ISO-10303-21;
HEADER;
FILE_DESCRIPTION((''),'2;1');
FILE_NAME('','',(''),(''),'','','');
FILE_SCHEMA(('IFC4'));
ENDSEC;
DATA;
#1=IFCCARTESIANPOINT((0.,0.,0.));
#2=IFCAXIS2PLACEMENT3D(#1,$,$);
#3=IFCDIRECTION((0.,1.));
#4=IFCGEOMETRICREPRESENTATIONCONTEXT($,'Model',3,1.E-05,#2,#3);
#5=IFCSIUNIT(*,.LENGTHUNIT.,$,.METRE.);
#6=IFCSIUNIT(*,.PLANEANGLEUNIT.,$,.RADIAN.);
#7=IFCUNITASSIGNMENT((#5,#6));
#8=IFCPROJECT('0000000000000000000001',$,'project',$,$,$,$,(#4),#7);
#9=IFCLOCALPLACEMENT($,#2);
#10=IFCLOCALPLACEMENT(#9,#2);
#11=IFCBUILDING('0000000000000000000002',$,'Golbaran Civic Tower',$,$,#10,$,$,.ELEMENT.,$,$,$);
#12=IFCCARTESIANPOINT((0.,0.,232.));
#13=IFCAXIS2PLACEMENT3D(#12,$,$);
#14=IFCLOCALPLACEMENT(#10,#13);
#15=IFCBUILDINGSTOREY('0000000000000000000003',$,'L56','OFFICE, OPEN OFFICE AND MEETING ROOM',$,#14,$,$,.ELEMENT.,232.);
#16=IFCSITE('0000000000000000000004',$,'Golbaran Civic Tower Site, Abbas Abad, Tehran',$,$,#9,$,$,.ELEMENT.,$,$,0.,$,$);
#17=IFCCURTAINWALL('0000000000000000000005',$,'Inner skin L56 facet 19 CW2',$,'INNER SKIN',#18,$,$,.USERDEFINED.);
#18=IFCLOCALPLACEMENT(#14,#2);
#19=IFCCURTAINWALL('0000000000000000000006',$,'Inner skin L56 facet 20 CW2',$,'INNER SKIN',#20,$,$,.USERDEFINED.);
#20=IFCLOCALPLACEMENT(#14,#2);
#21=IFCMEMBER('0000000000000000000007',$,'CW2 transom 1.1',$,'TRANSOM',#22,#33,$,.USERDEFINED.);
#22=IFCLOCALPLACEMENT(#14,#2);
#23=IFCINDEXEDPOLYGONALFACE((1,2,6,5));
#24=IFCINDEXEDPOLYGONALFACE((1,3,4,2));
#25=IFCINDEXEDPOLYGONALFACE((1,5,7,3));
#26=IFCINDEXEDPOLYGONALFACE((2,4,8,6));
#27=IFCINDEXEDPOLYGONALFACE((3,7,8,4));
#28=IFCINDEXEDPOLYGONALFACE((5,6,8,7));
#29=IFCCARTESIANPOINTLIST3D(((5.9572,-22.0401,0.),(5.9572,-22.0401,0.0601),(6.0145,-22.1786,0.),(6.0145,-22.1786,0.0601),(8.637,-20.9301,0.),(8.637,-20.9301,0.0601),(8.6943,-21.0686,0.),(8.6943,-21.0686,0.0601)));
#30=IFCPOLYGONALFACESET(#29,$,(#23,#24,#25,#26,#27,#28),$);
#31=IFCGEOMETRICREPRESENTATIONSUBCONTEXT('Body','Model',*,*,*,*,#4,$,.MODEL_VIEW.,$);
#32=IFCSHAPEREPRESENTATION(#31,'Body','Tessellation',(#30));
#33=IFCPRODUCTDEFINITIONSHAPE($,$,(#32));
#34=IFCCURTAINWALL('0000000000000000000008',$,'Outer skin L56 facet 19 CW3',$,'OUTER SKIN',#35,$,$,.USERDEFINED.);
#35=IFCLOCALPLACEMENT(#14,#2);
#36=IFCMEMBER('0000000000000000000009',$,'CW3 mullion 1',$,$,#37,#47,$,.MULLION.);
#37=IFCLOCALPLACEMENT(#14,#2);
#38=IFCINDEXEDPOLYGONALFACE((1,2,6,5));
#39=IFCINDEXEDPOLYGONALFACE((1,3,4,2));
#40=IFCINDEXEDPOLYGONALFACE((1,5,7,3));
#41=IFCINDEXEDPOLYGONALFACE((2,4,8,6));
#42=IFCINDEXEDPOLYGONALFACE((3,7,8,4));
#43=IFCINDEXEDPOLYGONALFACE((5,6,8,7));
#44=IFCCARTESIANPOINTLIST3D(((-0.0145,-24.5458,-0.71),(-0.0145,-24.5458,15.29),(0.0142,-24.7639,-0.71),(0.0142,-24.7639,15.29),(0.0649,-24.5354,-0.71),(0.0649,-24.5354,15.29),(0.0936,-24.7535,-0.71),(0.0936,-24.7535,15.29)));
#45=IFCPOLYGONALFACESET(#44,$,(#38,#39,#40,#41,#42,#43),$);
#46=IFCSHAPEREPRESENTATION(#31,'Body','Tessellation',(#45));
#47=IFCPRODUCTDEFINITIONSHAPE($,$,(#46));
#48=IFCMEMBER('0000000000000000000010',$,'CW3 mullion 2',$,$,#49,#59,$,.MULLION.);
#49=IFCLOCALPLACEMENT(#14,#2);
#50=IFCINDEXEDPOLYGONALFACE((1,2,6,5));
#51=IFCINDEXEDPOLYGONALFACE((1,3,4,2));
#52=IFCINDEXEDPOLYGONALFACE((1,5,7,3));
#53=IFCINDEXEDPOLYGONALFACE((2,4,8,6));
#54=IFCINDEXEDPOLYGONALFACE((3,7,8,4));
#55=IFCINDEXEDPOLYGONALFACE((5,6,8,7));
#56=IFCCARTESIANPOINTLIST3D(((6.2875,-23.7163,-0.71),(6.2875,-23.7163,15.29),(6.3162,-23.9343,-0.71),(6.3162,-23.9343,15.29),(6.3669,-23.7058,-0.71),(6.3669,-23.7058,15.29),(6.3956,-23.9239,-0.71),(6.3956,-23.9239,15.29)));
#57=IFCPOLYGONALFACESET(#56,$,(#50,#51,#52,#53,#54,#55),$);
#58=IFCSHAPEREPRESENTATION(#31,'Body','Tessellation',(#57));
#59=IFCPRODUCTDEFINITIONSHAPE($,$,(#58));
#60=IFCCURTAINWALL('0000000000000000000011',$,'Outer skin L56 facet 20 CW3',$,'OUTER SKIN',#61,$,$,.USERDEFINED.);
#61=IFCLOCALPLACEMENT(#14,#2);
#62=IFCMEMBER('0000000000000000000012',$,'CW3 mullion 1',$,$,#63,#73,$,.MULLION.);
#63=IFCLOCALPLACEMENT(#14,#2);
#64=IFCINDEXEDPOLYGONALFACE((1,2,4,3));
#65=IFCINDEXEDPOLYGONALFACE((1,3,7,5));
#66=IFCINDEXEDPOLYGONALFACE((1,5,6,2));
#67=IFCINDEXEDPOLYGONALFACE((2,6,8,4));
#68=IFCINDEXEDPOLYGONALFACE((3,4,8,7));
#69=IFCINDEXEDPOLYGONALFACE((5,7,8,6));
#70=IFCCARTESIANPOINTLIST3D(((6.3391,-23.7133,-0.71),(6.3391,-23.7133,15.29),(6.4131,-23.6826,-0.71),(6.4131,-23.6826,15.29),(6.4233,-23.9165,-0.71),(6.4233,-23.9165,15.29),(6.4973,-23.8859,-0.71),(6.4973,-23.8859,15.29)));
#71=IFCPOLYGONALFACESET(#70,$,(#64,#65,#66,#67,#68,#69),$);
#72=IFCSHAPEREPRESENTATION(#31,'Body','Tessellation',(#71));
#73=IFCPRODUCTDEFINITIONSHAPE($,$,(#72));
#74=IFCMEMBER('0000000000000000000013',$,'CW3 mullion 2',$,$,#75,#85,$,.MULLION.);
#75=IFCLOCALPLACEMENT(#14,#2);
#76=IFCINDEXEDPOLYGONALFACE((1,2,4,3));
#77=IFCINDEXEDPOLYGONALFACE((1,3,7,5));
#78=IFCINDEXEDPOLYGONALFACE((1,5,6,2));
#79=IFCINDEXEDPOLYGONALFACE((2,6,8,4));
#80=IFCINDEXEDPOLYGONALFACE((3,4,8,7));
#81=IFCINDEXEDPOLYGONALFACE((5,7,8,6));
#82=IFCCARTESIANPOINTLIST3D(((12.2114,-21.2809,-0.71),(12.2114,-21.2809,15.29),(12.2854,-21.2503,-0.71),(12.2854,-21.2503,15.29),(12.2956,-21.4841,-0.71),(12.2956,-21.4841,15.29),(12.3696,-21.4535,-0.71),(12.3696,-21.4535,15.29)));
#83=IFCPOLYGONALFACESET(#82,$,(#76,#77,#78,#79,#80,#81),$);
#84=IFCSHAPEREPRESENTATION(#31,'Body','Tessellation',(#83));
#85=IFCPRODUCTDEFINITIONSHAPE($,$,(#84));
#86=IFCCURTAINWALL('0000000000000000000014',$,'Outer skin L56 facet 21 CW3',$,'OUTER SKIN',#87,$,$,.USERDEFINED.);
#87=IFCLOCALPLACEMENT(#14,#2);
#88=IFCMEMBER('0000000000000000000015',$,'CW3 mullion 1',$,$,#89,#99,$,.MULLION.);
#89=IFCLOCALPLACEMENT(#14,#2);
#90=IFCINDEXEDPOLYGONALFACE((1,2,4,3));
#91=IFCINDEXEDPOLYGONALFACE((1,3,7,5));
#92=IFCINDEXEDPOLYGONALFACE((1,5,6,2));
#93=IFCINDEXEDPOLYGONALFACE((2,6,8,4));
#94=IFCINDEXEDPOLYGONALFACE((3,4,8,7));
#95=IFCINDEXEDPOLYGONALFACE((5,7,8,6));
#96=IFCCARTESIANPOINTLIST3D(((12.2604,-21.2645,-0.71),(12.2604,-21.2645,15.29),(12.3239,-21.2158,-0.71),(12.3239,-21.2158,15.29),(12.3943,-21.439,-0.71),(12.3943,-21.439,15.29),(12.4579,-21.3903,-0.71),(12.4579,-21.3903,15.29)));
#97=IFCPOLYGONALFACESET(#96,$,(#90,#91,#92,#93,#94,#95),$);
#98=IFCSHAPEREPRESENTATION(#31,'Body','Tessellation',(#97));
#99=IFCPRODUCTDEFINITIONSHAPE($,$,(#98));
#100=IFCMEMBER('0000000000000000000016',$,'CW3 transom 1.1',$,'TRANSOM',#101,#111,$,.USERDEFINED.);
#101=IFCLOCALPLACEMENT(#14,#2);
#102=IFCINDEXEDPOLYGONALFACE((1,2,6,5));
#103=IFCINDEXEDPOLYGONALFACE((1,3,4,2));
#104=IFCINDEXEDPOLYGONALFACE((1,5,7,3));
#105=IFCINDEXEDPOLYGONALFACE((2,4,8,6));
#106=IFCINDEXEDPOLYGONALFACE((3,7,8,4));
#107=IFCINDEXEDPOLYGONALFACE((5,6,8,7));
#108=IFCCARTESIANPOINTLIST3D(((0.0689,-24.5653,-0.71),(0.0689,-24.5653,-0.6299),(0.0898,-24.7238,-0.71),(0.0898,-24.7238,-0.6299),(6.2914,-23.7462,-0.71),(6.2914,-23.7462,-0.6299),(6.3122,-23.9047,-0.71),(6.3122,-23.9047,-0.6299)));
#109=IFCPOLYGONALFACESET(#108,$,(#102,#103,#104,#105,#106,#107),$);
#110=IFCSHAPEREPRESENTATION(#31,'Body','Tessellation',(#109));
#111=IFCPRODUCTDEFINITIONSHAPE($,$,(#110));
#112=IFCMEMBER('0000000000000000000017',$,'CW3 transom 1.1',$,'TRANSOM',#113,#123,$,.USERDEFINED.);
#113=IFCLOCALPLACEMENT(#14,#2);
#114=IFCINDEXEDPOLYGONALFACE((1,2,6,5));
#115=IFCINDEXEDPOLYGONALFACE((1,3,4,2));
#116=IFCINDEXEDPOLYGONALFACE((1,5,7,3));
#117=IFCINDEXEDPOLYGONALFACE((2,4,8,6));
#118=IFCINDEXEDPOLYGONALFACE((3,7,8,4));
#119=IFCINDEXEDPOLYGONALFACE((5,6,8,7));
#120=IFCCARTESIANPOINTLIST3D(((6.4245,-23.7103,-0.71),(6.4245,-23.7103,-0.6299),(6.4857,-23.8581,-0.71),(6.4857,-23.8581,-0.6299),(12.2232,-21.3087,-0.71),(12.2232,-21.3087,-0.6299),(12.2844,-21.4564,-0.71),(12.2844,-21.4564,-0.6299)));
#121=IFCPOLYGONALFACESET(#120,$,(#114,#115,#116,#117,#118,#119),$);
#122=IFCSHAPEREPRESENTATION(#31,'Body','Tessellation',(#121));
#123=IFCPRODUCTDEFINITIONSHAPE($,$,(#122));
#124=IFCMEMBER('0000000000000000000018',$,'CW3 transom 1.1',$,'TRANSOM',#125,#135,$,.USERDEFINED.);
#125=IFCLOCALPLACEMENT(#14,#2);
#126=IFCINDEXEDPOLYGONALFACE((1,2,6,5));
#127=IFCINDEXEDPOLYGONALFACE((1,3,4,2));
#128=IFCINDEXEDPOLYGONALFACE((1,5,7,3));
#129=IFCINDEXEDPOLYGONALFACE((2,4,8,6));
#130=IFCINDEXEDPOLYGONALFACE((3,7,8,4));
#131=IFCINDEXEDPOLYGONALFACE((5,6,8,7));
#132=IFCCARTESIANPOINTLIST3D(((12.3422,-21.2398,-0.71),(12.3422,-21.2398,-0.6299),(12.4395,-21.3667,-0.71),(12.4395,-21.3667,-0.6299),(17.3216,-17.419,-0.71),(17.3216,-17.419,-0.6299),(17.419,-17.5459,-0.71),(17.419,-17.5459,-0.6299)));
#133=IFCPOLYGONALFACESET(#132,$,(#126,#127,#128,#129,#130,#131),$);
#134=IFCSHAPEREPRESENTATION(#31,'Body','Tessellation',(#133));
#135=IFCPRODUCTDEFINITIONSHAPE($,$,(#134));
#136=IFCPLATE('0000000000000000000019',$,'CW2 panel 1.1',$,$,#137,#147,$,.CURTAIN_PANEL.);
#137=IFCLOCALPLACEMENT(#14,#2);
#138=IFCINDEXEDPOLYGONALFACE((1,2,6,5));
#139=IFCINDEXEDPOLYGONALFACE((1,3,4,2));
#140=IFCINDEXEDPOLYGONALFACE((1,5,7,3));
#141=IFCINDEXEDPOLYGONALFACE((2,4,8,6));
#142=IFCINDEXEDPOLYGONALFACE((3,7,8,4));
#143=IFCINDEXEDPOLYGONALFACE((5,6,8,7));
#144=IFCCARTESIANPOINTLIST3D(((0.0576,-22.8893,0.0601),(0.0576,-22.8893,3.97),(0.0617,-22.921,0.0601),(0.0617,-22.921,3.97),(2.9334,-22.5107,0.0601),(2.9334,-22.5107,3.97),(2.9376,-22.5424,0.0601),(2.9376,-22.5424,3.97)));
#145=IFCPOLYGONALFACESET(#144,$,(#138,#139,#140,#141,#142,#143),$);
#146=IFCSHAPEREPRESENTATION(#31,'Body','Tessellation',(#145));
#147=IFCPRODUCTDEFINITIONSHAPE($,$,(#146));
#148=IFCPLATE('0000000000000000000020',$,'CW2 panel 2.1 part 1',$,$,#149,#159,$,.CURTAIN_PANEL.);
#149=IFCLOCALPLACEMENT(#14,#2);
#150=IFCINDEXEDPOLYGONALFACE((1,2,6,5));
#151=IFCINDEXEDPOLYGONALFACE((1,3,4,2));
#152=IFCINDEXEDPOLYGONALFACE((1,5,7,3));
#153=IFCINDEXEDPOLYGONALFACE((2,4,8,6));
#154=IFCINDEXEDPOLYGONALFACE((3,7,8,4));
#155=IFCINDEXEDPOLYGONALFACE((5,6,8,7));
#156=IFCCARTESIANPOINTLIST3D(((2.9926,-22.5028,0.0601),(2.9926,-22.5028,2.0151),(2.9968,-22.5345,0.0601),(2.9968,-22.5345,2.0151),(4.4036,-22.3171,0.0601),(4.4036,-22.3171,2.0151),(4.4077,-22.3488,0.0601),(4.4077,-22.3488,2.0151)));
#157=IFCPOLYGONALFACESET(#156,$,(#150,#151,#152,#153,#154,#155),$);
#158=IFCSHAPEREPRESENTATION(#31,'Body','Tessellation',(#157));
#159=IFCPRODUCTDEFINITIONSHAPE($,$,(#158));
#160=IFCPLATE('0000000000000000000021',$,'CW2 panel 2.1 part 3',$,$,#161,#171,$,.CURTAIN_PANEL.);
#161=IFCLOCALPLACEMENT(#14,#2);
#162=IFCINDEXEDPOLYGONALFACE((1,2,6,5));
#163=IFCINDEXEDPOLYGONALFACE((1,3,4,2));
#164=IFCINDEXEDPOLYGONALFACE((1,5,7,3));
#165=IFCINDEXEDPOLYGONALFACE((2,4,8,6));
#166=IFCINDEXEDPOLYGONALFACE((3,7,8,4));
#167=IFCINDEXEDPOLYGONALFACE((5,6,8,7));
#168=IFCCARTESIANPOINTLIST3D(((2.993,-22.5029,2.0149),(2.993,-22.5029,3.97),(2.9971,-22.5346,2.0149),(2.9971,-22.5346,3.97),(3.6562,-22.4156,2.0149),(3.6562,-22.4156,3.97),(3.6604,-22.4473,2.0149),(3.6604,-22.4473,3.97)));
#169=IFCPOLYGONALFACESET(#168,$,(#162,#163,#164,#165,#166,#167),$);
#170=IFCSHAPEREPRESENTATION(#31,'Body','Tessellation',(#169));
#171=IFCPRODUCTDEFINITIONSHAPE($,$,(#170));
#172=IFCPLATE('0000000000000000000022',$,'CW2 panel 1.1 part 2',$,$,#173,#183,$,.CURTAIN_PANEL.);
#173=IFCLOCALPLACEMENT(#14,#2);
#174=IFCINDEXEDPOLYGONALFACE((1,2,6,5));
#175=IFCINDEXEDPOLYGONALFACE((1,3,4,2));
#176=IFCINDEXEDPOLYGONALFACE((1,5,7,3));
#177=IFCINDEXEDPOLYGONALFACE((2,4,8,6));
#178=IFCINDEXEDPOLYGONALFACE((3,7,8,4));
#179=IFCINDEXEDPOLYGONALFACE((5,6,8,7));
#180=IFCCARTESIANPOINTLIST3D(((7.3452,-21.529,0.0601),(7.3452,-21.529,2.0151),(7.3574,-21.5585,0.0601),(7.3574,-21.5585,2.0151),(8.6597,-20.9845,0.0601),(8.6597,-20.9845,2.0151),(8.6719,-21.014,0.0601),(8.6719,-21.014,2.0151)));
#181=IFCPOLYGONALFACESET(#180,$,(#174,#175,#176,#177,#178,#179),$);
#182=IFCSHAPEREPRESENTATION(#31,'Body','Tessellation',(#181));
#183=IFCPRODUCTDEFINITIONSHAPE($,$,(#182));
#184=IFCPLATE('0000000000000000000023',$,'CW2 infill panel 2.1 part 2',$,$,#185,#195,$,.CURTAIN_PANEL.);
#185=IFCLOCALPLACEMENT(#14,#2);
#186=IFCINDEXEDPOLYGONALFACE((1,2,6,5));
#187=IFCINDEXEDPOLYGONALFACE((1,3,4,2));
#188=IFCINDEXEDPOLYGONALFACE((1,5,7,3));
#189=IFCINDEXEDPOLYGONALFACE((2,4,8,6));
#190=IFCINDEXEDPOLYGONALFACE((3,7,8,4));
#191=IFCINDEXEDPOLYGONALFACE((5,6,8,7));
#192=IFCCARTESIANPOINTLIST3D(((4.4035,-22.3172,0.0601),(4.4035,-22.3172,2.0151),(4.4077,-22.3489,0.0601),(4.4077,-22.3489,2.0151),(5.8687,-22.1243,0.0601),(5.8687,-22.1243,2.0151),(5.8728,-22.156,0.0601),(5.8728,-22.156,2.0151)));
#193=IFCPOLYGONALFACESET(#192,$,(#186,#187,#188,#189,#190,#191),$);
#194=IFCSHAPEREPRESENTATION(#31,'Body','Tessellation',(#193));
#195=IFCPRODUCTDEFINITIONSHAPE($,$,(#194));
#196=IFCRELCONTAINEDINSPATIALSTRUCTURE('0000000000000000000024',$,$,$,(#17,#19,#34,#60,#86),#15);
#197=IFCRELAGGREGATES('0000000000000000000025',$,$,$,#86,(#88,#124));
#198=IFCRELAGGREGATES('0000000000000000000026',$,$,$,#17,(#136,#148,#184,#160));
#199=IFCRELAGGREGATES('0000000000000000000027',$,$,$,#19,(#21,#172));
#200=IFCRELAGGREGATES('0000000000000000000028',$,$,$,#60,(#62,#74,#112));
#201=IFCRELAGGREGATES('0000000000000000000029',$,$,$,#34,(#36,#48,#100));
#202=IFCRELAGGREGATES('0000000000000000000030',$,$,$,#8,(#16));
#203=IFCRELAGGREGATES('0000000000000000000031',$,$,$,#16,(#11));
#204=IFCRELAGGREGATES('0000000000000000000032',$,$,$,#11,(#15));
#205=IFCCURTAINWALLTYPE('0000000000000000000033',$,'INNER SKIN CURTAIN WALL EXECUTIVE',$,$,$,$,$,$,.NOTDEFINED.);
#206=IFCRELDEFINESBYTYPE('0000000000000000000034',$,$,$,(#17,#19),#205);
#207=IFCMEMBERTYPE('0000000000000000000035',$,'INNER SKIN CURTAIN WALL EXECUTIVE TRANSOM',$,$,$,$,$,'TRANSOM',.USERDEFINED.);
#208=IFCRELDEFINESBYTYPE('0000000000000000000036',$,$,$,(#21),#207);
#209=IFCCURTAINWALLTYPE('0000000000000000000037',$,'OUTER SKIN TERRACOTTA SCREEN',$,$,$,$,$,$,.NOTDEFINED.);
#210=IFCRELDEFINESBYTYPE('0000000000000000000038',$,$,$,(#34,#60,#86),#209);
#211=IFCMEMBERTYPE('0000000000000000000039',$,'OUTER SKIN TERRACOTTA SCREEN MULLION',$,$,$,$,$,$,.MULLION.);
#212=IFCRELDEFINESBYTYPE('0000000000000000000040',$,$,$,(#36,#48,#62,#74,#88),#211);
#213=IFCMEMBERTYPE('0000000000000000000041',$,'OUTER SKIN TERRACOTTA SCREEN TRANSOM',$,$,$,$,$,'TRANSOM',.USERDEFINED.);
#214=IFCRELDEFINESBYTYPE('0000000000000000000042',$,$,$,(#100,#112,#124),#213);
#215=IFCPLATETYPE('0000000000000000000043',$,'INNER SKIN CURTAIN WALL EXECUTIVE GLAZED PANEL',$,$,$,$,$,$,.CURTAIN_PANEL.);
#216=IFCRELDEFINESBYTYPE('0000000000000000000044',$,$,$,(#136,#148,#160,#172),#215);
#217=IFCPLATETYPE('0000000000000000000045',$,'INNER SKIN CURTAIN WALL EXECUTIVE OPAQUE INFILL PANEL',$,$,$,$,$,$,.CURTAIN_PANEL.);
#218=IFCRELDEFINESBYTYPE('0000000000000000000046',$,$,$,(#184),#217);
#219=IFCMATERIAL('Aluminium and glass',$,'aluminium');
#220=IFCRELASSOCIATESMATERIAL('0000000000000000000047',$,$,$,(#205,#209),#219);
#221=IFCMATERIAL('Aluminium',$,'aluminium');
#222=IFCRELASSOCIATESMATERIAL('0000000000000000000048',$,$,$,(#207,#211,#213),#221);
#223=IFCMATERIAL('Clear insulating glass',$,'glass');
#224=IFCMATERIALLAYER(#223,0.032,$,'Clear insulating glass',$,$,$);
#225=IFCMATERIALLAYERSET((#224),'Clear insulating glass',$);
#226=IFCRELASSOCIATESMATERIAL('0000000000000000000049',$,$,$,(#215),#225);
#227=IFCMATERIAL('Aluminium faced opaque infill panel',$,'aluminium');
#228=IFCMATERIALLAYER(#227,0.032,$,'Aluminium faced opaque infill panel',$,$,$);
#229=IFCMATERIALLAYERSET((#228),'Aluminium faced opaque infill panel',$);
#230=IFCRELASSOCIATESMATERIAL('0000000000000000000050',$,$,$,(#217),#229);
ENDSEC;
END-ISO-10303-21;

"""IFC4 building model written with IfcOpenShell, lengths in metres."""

from ifc_helpers import new_model, si_unit, direction, frame, origin, origin_2d, place, context, subcontext, project, spatial, rectangle, extrude, material, layer, layer_set, material_profile, profile_set, type_object, element, aggregate, save


model = new_model("IFC4")

# Units and contexts
model_context = context("Model", 3, precision=1e-05, world=origin(), true_north=direction((0.0, 1.0)))
body_context = subcontext(model_context, "Body", "Model", "MODEL_VIEW")
ifc_project = project(units=[si_unit("LENGTHUNIT", "METRE"), si_unit("PLANEANGLEUNIT", "RADIAN")], contexts=[model_context])

# Site, building, storey
site_placement = place(None, origin())
site = spatial("IfcSite", under=ifc_project, at=site_placement, Name="Golbaran Civic Tower Site, Abbas Abad, Tehran", CompositionType="ELEMENT", RefElevation=0.0)
building_placement = place(site_placement, origin())
building = spatial("IfcBuilding", under=site, at=building_placement, Name="Golbaran Civic Tower", CompositionType="ELEMENT")
storey_placement = place(building_placement, frame((0.0, 0.0, 232.0)))
storey = spatial("IfcBuildingStorey", under=building, at=storey_placement, Name="L56", Description="OFFICE, OPEN OFFICE AND MEETING ROOM", CompositionType="ELEMENT", Elevation=232.0)

# Curtain wall
ifc_material_1 = material(Name="Aluminium and glass", Category="aluminium")
curtain_wall_type_1 = type_object("IfcCurtainWallType", Name="INNER SKIN CURTAIN WALL EXECUTIVE", PredefinedType="NOTDEFINED", material=ifc_material_1)
curtain_wall_1_placement = place(storey_placement, origin())
curtain_wall_1 = element("IfcCurtainWall", 1, at=curtain_wall_1_placement, inside=storey, type_object=curtain_wall_type_1, Name="Inner skin L56 facet 19 CW2", ObjectType="INNER SKIN", PredefinedType="USERDEFINED")
ifc_material_2 = material(Name="Aluminium", Category="aluminium")

# Curtain wall
curtain_wall_2_placement = place(storey_placement, origin())
curtain_wall_2 = element("IfcCurtainWall", 2, at=curtain_wall_2_placement, inside=storey, type_object=curtain_wall_type_1, Name="Inner skin L56 facet 20 CW2", ObjectType="INNER SKIN", PredefinedType="USERDEFINED")

# Member
ifc_material_profile_1 = material_profile(ifc_material_2, rectangle(XDim=0.1499, YDim=0.0601, at=origin_2d()), Name="INNER SKIN CURTAIN WALL EXECUTIVE TRANSOM")
ifc_profile_set_1 = profile_set([ifc_material_profile_1], Name="Aluminium")
member_type_1 = type_object("IfcMemberType", Name="INNER SKIN CURTAIN WALL EXECUTIVE TRANSOM", ElementType="TRANSOM", PredefinedType="USERDEFINED", material=ifc_profile_set_1)
member_1_placement = place(storey_placement, frame((5.9858, -22.1094, 0.03), z_axis=(0.923874, 0.382696, 0.0), x_axis=(-0.382696, 0.923874, 0.0)))
member_1 = element("IfcMember", 3, at=member_1_placement, type_object=member_type_1, Name="CW2 transom 1.1", ObjectType="TRANSOM", PredefinedType="USERDEFINED", context=body_context, shape_type="SweptSolid", body=[
    extrude(rectangle(XDim=0.1499, YDim=0.0601, at=origin_2d()), origin(), (0.0, 0.0, 1.0), 2.9006),
])

# Curtain walls, members
curtain_wall_type_2 = type_object("IfcCurtainWallType", Name="OUTER SKIN TERRACOTTA SCREEN", PredefinedType="NOTDEFINED", material=ifc_material_1)
curtain_wall_3_placement = place(storey_placement, origin())
curtain_wall_3 = element("IfcCurtainWall", 4, at=curtain_wall_3_placement, inside=storey, type_object=curtain_wall_type_2, Name="Outer skin L56 facet 19 CW3", ObjectType="OUTER SKIN", PredefinedType="USERDEFINED")
ifc_material_profile_2 = material_profile(ifc_material_2, rectangle(XDim=0.22, YDim=0.0801, at=origin_2d()), Name="OUTER SKIN TERRACOTTA SCREEN MULLION")
ifc_profile_set_2 = profile_set([ifc_material_profile_2], Name="Aluminium")
member_type_2 = type_object("IfcMemberType", Name="OUTER SKIN TERRACOTTA SCREEN MULLION", PredefinedType="MULLION", material=ifc_profile_set_2)
member_2_placement = place(storey_placement, frame((0.0396, -24.6497, -0.71), z_axis=(0.0, 0.0, 1.0), x_axis=(-0.130526, 0.991445, 0.0)))
member_2 = element("IfcMember", 5, at=member_2_placement, type_object=member_type_2, Name="CW3 mullion 1", PredefinedType="MULLION", context=body_context, shape_type="SweptSolid", body=[
    extrude(rectangle(XDim=0.22, YDim=0.0801, at=origin_2d()), origin(), (0.0, 0.0, 1.0), 16.0),
])
member_3_placement = place(storey_placement, frame((6.3416, -23.8201, -0.71), z_axis=(0.0, 0.0, 1.0), x_axis=(-0.130526, 0.991445, 0.0)))
member_3 = element("IfcMember", 6, at=member_3_placement, type_object=member_type_2, Name="CW3 mullion 2", PredefinedType="MULLION", context=body_context, shape_type="SweptSolid", body=[
    extrude(rectangle(XDim=0.22, YDim=0.0801, at=origin_2d()), origin(), (0.0, 0.0, 1.0), 16.0),
])
curtain_wall_4_placement = place(storey_placement, origin())
curtain_wall_4 = element("IfcCurtainWall", 7, at=curtain_wall_4_placement, inside=storey, type_object=curtain_wall_type_2, Name="Outer skin L56 facet 20 CW3", ObjectType="OUTER SKIN", PredefinedType="USERDEFINED")
member_4_placement = place(storey_placement, frame((6.4182, -23.7996, -0.71), z_axis=(0.0, 0.0, 1.0), x_axis=(-0.382683, 0.92388, 0.0)))
member_4 = element("IfcMember", 8, at=member_4_placement, type_object=member_type_2, Name="CW3 mullion 1", PredefinedType="MULLION", context=body_context, shape_type="SweptSolid", body=[
    extrude(rectangle(XDim=0.22, YDim=0.0801, at=origin_2d()), origin(), (0.0, 0.0, 1.0), 16.0),
])
member_5_placement = place(storey_placement, frame((12.2905, -21.3672, -0.71), z_axis=(0.0, 0.0, 1.0), x_axis=(-0.382683, 0.92388, 0.0)))
member_5 = element("IfcMember", 9, at=member_5_placement, type_object=member_type_2, Name="CW3 mullion 2", PredefinedType="MULLION", context=body_context, shape_type="SweptSolid", body=[
    extrude(rectangle(XDim=0.22, YDim=0.0801, at=origin_2d()), origin(), (0.0, 0.0, 1.0), 16.0),
])

# Curtain wall, member
curtain_wall_5_placement = place(storey_placement, origin())
curtain_wall_5 = element("IfcCurtainWall", 10, at=curtain_wall_5_placement, inside=storey, type_object=curtain_wall_type_2, Name="Outer skin L56 facet 21 CW3", ObjectType="OUTER SKIN", PredefinedType="USERDEFINED")
member_6_placement = place(storey_placement, frame((12.3591, -21.3274, -0.71), z_axis=(0.0, 0.0, 1.0), x_axis=(-0.608761, 0.793353, 0.0)))
member_6 = element("IfcMember", 11, at=member_6_placement, type_object=member_type_2, Name="CW3 mullion 1", PredefinedType="MULLION", context=body_context, shape_type="SweptSolid", body=[
    extrude(rectangle(XDim=0.22, YDim=0.0801, at=origin_2d()), origin(), (0.0, 0.0, 1.0), 16.0),
])

# Members
ifc_material_profile_3 = material_profile(ifc_material_2, rectangle(XDim=0.1599, YDim=0.0801, at=origin_2d()), Name="OUTER SKIN TERRACOTTA SCREEN TRANSOM")
ifc_profile_set_3 = profile_set([ifc_material_profile_3], Name="Aluminium")
member_type_3 = type_object("IfcMemberType", Name="OUTER SKIN TERRACOTTA SCREEN TRANSOM", ElementType="TRANSOM", PredefinedType="USERDEFINED", material=ifc_profile_set_3)
member_7_placement = place(storey_placement, frame((0.0793, -24.6445, -0.6699), z_axis=(0.991447, 0.13051, 0.0), x_axis=(-0.13051, 0.991447, 0.0)))
member_7 = element("IfcMember", 12, at=member_7_placement, type_object=member_type_3, Name="CW3 transom 1.1", ObjectType="TRANSOM", PredefinedType="USERDEFINED", context=body_context, shape_type="SweptSolid", body=[
    extrude(rectangle(XDim=0.1599, YDim=0.0801, at=origin_2d()), origin(), (0.0, 0.0, 1.0), 6.2761),
])
member_8_placement = place(storey_placement, frame((6.4551, -23.7842, -0.6699), z_axis=(0.923893, 0.382651, 0.0), x_axis=(-0.382651, 0.923893, 0.0)))
member_8 = element("IfcMember", 13, at=member_8_placement, type_object=member_type_3, Name="CW3 transom 1.1", ObjectType="TRANSOM", PredefinedType="USERDEFINED", context=body_context, shape_type="SweptSolid", body=[
    extrude(rectangle(XDim=0.1599, YDim=0.0801, at=origin_2d()), origin(), (0.0, 0.0, 1.0), 6.2764),
])
member_9_placement = place(storey_placement, frame((12.3909, -21.3032, -0.6699), z_axis=(0.793361, 0.608752, 0.0), x_axis=(-0.608752, 0.793361, 0.0)))
member_9 = element("IfcMember", 14, at=member_9_placement, type_object=member_type_3, Name="CW3 transom 1.1", ObjectType="TRANSOM", PredefinedType="USERDEFINED", context=body_context, shape_type="SweptSolid", body=[
    extrude(rectangle(XDim=0.1599, YDim=0.0801, at=origin_2d()), origin(), (0.0, 0.0, 1.0), 6.2764),
])
aggregate(curtain_wall_5, [member_6, member_9])

# Plates
ifc_material_3 = material(Name="Clear insulating glass", Category="glass")
ifc_layer_1 = layer(ifc_material_3, 0.032, Name="Clear insulating glass")
ifc_layer_set_1 = layer_set([ifc_layer_1], Name="Clear insulating glass")
plate_type_1 = type_object("IfcPlateType", Name="INNER SKIN CURTAIN WALL EXECUTIVE GLAZED PANEL", PredefinedType="CURTAIN_PANEL", material=ifc_layer_set_1)
plate_1_placement = place(storey_placement, frame((1.4976, -22.7158, 0.0601), z_axis=(0.0, 0.0, 1.0), x_axis=(0.991445, 0.130526, 0.0)))
plate_1 = element("IfcPlate", 15, at=plate_1_placement, type_object=plate_type_1, Name="CW2 panel 1.1", PredefinedType="CURTAIN_PANEL", context=body_context, shape_type="SweptSolid", body=[
    extrude(rectangle(XDim=2.9006, YDim=0.032, at=origin_2d()), origin(), (0.0, 0.0, 1.0), 3.9099),
])
plate_2_placement = place(storey_placement, frame((3.7002, -22.4258, 0.0601), z_axis=(0.0, 0.0, 1.0), x_axis=(0.991445, 0.130526, 0.0)))
plate_2 = element("IfcPlate", 16, at=plate_2_placement, type_object=plate_type_1, Name="CW2 panel 2.1 part 1", PredefinedType="CURTAIN_PANEL", context=body_context, shape_type="SweptSolid", body=[
    extrude(rectangle(XDim=1.4231, YDim=0.032, at=origin_2d()), origin(), (0.0, 0.0, 1.0), 1.9551),
])
plate_3_placement = place(storey_placement, frame((3.3267, -22.4751, 2.0149), z_axis=(0.0, 0.0, 1.0), x_axis=(0.991445, 0.130526, 0.0)))
plate_3 = element("IfcPlate", 17, at=plate_3_placement, type_object=plate_type_1, Name="CW2 panel 2.1 part 3", PredefinedType="CURTAIN_PANEL", context=body_context, shape_type="SweptSolid", body=[
    extrude(rectangle(XDim=0.6689, YDim=0.032, at=origin_2d()), origin(), (0.0, 0.0, 1.0), 1.9551),
])
plate_4_placement = place(storey_placement, frame((8.0085, -21.2715, 0.0601), z_axis=(0.0, 0.0, 1.0), x_axis=(0.92388, 0.382683, 0.0)))
plate_4 = element("IfcPlate", 18, at=plate_4_placement, type_object=plate_type_1, Name="CW2 panel 1.1 part 2", PredefinedType="CURTAIN_PANEL", context=body_context, shape_type="SweptSolid", body=[
    extrude(rectangle(XDim=1.4229, YDim=0.032, at=origin_2d()), origin(), (0.0, 0.0, 1.0), 1.9551),
])
ifc_material_4 = material(Name="Aluminium faced opaque infill panel", Category="aluminium")
ifc_layer_2 = layer(ifc_material_4, 0.032, Name="Aluminium faced opaque infill panel")
ifc_layer_set_2 = layer_set([ifc_layer_2], Name="Aluminium faced opaque infill panel")
plate_type_2 = type_object("IfcPlateType", Name="INNER SKIN CURTAIN WALL EXECUTIVE OPAQUE INFILL PANEL", PredefinedType="CURTAIN_PANEL", material=ifc_layer_set_2)
plate_5_placement = place(storey_placement, frame((5.1382, -22.2366, 0.0601), z_axis=(0.0, 0.0, 1.0), x_axis=(0.991445, 0.130526, 0.0)))
plate_5 = element("IfcPlate", 19, at=plate_5_placement, type_object=plate_type_2, Name="CW2 infill panel 2.1 part 2", PredefinedType="CURTAIN_PANEL", context=body_context, shape_type="SweptSolid", body=[
    extrude(rectangle(XDim=1.4778, YDim=0.032, at=origin_2d()), origin(), (0.0, 0.0, 1.0), 1.9551),
])
aggregate(curtain_wall_1, [plate_1, plate_2, plate_5, plate_3])
aggregate(curtain_wall_2, [member_1, plate_4])
aggregate(curtain_wall_4, [member_4, member_5, member_8])
aggregate(curtain_wall_3, [member_2, member_3, member_7])

save(model, "model.ifc")
